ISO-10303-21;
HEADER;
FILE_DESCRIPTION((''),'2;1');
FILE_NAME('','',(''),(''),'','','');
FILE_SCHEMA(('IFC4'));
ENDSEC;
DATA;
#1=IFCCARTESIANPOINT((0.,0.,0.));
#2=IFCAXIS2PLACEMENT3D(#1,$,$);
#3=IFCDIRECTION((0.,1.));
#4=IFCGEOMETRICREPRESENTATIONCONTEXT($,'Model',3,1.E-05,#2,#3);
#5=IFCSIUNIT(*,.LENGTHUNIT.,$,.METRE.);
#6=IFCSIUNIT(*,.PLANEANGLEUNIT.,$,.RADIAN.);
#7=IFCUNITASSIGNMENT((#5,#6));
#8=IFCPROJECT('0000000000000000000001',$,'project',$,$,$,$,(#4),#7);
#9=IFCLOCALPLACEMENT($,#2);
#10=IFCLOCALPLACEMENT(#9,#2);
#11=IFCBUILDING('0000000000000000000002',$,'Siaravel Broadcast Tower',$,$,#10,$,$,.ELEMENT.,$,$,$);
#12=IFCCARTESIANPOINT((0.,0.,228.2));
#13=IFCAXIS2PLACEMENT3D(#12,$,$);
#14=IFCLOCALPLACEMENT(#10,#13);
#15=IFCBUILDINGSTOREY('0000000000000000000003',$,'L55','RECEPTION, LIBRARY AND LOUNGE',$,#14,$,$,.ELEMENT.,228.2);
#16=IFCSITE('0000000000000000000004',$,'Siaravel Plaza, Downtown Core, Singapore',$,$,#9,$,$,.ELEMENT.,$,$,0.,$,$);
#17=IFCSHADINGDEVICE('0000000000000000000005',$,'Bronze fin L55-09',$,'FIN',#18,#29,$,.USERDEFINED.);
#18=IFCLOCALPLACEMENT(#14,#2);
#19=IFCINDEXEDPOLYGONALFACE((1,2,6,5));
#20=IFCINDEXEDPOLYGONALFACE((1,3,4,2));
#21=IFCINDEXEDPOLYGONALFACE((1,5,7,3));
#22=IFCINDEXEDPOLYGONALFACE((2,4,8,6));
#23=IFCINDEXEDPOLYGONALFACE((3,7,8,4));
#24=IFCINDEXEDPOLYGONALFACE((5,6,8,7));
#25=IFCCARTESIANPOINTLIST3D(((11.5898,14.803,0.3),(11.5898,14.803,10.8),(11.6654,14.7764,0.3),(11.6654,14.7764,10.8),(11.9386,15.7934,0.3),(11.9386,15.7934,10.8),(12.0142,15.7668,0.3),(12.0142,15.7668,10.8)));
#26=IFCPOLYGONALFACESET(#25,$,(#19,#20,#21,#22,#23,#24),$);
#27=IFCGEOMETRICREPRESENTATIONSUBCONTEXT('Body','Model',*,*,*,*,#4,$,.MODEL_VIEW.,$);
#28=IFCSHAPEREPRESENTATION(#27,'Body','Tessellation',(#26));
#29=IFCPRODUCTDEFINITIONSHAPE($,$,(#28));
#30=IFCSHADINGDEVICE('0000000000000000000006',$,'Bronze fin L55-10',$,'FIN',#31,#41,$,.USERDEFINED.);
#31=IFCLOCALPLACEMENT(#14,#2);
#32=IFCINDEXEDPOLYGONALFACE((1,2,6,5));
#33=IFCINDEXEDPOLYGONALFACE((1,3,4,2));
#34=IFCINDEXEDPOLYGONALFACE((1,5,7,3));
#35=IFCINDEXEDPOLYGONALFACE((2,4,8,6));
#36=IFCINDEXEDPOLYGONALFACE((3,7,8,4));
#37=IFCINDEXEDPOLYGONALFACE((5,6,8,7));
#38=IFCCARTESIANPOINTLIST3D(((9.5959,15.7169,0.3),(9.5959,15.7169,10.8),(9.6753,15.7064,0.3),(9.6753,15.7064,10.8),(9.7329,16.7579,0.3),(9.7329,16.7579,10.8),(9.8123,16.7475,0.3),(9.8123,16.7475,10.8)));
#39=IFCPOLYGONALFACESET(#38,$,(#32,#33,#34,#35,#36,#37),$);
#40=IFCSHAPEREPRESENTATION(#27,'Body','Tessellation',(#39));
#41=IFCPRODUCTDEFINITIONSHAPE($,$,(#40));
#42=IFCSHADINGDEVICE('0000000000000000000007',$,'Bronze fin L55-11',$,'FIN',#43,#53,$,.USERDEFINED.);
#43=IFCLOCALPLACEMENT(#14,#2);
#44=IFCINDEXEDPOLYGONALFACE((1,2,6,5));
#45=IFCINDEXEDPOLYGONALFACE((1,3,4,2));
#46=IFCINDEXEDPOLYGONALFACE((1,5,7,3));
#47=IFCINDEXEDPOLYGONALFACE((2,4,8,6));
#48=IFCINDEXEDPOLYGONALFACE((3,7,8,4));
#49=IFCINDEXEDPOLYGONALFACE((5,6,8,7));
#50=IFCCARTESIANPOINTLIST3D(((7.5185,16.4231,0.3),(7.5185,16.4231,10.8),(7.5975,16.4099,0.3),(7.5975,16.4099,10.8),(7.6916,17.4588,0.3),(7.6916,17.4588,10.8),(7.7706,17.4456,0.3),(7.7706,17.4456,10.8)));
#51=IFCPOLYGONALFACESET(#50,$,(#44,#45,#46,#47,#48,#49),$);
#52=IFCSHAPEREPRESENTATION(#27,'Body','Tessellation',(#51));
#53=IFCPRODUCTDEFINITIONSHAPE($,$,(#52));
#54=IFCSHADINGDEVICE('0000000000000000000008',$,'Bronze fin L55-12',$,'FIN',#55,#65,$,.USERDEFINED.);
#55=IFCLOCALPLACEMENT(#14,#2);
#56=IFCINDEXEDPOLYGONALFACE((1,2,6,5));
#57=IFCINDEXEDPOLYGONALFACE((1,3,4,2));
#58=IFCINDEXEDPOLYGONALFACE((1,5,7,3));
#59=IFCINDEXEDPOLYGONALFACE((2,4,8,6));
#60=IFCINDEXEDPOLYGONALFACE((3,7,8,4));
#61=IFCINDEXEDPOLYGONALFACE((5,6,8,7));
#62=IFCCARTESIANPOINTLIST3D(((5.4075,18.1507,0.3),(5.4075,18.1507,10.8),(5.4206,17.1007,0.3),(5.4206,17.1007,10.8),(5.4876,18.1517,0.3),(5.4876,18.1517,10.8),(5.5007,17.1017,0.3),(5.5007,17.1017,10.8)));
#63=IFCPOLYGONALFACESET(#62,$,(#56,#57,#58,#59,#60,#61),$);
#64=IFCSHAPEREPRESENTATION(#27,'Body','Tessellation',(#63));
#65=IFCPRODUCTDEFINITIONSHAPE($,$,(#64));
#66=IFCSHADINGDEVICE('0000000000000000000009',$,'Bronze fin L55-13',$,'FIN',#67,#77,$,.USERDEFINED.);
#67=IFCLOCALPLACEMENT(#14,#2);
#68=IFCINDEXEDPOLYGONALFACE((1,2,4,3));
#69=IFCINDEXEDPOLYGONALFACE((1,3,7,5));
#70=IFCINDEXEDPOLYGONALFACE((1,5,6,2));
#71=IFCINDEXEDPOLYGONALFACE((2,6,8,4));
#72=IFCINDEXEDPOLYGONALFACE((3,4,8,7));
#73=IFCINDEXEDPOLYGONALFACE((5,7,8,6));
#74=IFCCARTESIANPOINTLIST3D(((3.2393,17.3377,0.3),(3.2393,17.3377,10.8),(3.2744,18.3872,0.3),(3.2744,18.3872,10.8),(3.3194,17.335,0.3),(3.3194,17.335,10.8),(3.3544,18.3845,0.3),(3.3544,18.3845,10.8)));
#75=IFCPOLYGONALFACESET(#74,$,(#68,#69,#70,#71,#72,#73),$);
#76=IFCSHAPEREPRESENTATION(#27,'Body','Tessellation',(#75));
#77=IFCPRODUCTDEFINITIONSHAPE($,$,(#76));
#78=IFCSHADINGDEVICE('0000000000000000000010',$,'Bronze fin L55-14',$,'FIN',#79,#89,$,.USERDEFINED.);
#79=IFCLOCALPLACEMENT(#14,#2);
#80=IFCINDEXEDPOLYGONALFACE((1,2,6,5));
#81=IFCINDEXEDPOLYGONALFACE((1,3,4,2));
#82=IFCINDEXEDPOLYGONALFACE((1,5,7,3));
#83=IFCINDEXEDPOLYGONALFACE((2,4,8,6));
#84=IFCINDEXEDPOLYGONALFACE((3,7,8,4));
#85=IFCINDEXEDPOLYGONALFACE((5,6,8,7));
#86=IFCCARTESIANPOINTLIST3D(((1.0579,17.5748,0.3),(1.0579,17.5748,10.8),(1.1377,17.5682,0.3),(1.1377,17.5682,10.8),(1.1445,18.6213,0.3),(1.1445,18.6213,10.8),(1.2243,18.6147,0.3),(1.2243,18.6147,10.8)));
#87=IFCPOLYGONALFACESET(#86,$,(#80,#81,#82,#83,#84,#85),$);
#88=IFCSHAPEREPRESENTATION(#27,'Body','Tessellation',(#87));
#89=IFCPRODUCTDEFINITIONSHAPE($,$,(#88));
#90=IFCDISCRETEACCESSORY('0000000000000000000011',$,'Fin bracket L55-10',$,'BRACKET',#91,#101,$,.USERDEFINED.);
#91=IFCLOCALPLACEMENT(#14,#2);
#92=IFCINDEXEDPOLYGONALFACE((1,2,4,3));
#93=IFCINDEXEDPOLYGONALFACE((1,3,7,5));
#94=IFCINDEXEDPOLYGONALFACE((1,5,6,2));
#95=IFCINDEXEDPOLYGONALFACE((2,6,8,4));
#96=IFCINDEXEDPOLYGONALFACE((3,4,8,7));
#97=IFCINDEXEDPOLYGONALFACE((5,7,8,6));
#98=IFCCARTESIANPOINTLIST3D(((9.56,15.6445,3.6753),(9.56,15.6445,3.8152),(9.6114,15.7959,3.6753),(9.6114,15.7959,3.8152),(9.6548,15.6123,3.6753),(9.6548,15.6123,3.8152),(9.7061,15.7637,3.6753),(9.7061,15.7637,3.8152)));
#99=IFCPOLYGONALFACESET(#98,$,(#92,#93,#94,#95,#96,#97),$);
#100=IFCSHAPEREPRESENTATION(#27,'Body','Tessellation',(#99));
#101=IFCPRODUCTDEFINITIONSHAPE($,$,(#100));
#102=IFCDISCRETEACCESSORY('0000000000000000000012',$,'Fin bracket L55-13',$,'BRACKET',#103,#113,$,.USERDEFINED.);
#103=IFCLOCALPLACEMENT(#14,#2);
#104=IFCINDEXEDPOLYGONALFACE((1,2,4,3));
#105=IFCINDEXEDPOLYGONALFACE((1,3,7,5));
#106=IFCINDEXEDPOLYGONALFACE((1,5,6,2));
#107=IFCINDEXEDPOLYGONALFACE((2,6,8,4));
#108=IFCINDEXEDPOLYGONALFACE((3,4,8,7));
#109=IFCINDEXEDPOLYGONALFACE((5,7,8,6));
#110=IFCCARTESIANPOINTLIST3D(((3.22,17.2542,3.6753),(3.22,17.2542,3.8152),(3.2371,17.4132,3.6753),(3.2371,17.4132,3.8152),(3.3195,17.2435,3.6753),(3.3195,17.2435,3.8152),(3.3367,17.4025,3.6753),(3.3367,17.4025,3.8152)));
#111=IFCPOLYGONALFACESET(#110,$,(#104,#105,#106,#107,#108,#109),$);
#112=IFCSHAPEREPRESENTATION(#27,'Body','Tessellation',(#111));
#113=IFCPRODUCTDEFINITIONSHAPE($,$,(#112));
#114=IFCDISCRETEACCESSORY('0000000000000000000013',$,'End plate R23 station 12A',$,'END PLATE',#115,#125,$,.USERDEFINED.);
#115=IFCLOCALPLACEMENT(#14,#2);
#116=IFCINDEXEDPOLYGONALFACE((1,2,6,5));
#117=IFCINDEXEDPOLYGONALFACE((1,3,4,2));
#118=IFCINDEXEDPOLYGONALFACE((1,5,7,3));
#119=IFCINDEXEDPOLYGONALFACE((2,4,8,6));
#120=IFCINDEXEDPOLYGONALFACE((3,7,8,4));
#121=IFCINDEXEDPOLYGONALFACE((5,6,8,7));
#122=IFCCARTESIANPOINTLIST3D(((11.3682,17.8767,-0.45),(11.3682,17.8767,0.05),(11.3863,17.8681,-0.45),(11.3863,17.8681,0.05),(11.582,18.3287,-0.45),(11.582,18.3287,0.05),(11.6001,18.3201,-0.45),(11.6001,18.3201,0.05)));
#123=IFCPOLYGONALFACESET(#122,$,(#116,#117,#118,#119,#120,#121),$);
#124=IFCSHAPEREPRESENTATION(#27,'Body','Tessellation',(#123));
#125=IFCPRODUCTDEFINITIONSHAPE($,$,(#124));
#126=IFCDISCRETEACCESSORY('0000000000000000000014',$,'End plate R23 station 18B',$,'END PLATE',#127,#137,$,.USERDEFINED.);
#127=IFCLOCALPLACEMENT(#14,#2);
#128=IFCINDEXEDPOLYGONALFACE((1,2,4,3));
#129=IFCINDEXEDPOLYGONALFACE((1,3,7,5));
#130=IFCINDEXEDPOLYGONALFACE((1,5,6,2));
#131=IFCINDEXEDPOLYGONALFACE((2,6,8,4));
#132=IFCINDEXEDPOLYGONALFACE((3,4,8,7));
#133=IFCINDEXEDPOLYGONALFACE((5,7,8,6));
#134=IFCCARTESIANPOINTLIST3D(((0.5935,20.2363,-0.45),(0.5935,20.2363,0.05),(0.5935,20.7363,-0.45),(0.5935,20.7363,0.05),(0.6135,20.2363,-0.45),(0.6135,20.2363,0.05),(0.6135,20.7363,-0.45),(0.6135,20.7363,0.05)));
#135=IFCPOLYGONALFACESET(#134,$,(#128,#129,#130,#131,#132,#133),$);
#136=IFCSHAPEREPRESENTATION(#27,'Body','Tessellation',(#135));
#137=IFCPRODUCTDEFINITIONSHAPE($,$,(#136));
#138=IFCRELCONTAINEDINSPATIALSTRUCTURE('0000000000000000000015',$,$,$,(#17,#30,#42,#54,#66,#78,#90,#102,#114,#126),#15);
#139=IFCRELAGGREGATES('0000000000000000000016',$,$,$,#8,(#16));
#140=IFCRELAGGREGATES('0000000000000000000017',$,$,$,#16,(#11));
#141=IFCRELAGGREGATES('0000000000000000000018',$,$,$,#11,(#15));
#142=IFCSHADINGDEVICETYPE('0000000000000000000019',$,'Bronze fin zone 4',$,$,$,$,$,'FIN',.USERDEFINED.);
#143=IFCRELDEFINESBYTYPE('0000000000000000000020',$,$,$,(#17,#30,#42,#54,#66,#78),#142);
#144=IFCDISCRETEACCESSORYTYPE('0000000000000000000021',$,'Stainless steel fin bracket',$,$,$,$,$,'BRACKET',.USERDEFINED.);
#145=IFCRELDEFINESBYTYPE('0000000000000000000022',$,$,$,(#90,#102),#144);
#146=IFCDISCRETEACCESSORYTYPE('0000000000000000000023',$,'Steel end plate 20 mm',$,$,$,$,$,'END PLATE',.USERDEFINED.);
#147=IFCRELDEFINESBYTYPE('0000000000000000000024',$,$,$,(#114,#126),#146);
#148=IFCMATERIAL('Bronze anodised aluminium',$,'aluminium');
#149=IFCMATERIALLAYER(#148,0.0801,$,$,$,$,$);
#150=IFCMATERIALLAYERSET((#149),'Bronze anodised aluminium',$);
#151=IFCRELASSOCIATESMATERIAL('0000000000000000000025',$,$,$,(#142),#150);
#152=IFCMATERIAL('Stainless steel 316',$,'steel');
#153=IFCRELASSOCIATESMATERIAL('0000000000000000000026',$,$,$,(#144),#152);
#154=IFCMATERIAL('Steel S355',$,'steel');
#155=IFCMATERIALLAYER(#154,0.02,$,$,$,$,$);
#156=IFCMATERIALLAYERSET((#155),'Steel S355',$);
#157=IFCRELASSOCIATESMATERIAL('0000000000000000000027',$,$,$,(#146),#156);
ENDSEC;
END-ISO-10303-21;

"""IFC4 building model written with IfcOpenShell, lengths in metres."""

from ifc_helpers import new_model, si_unit, direction, frame, origin, origin_2d, place, context, subcontext, project, spatial, rectangle, extrude, material, layer, layer_set, type_object, element, save


model = new_model("IFC4")

# Units and contexts
model_context = context("Model", 3, precision=1e-05, world=origin(), true_north=direction((0.0, 1.0)))
body_context = subcontext(model_context, "Body", "Model", "MODEL_VIEW")
ifc_project = project(units=[si_unit("LENGTHUNIT", "METRE"), si_unit("PLANEANGLEUNIT", "RADIAN")], contexts=[model_context])

# Site, building, storey
site_placement = place(None, origin())
site = spatial("IfcSite", under=ifc_project, at=site_placement, Name="Siaravel Plaza, Downtown Core, Singapore", CompositionType="ELEMENT", RefElevation=0.0)
building_placement = place(site_placement, origin())
building = spatial("IfcBuilding", under=site, at=building_placement, Name="Siaravel Broadcast Tower", CompositionType="ELEMENT")
storey_placement = place(building_placement, frame((0.0, 0.0, 228.2)))
storey = spatial("IfcBuildingStorey", under=building, at=storey_placement, Name="L55", Description="RECEPTION, LIBRARY AND LOUNGE", CompositionType="ELEMENT", Elevation=228.2)

# Shared definitions
ifc_material_1 = material(Name="Steel S355", Category="steel")

# Shading devices
ifc_material_2 = material(Name="Bronze anodised aluminium", Category="aluminium")
ifc_layer_1 = layer(ifc_material_2, 0.0801)
ifc_layer_set_1 = layer_set([ifc_layer_1], Name="Bronze anodised aluminium")
shading_device_type = type_object("IfcShadingDeviceType", Name="Bronze fin zone 4", ElementType="FIN", PredefinedType="USERDEFINED", material=ifc_layer_set_1)
for number, where, z_axis, x_axis, name in (
    (1, (11.802, 15.2849, 0.3), (0.0, 0.0, 1.0), (0.332178, 0.943217, 0.0), "Bronze fin L55-09"),
    (2, (9.7041, 16.2322, 0.3), (0.0, 0.0, 1.0), (0.13049, 0.99145, 0.0), "Bronze fin L55-10"),
    (3, (7.6445, 16.9343, 0.3), (0.0, 0.0, 1.0), (0.164877, 0.986314, 0.0), "Bronze fin L55-11"),
    (4, (5.4541, 17.6262, 0.3), (0.0, 0.0, 1.0), (-0.012484, 0.999922, 0.0), "Bronze fin L55-12"),
    (5, (3.2969, 17.8611, 0.3), (0.0, 0.0, 1.0), (0.033358, 0.999443, 0.0), "Bronze fin L55-13"),
    (6, (1.1411, 18.0947, 0.3), (0.0, 0.0, 1.0), (0.082453, 0.996595, 0.0), "Bronze fin L55-14"),
):
    element("IfcShadingDevice", number, at=place(storey_placement, frame(where, z_axis=z_axis, x_axis=x_axis)), inside=storey, type_object=shading_device_type, Name=name, ObjectType="FIN", PredefinedType="USERDEFINED", context=body_context, shape_type="SweptSolid", body=[
        extrude(rectangle(XDim=1.05, YDim=0.0801, at=origin_2d()), origin(), (0.0, 0.0, 1.0), 10.5),
    ])

# Discrete accessories
ifc_material_3 = material(Name="Stainless steel 316", Category="steel")
discrete_accessory_type_1 = type_object("IfcDiscreteAccessoryType", Name="Stainless steel fin bracket", ElementType="BRACKET", PredefinedType="USERDEFINED", material=ifc_material_3)
for number, where, z_axis, x_axis, name in (
    (7, (9.6331, 15.7041, 3.6753), (0.0, 0.0, 1.0), (0.321301, 0.946977, 0.0), "Fin bracket L55-10"),
    (8, (3.2783, 17.3284, 3.6753), (0.0, 0.0, 1.0), (0.107219, 0.994235, 0.0), "Fin bracket L55-13"),
):
    element("IfcDiscreteAccessory", number, at=place(storey_placement, frame(where, z_axis=z_axis, x_axis=x_axis)), inside=storey, type_object=discrete_accessory_type_1, Name=name, ObjectType="BRACKET", PredefinedType="USERDEFINED", context=body_context, shape_type="SweptSolid", body=[
        extrude(rectangle(XDim=0.1599, YDim=0.1001, at=origin_2d()), origin(), (0.0, 0.0, 1.0), 0.1399),
    ])
ifc_layer_2 = layer(ifc_material_1, 0.02)
ifc_layer_set_2 = layer_set([ifc_layer_2], Name="Steel S355")
discrete_accessory_type_2 = type_object("IfcDiscreteAccessoryType", Name="Steel end plate 20 mm", ElementType="END PLATE", PredefinedType="USERDEFINED", material=ifc_layer_set_2)
for number, where, z_axis, x_axis, name in (
    (9, (11.4841, 18.0984, -0.45), (0.0, 0.0, 1.0), (-0.904006, 0.427519, 0.0), "End plate R23 station 12A"),
    (10, (0.6035, 20.4863, -0.45), (0.0, 0.0, 1.0), (-1.0, 0.0, 0.0), "End plate R23 station 18B"),
):
    element("IfcDiscreteAccessory", number, at=place(storey_placement, frame(where, z_axis=z_axis, x_axis=x_axis)), inside=storey, type_object=discrete_accessory_type_2, Name=name, ObjectType="END PLATE", PredefinedType="USERDEFINED", context=body_context, shape_type="SweptSolid", body=[
        extrude(rectangle(XDim=0.02, YDim=0.5, at=origin_2d()), origin(), (0.0, 0.0, 1.0), 0.5),
    ])

save(model, "model.ifc")
